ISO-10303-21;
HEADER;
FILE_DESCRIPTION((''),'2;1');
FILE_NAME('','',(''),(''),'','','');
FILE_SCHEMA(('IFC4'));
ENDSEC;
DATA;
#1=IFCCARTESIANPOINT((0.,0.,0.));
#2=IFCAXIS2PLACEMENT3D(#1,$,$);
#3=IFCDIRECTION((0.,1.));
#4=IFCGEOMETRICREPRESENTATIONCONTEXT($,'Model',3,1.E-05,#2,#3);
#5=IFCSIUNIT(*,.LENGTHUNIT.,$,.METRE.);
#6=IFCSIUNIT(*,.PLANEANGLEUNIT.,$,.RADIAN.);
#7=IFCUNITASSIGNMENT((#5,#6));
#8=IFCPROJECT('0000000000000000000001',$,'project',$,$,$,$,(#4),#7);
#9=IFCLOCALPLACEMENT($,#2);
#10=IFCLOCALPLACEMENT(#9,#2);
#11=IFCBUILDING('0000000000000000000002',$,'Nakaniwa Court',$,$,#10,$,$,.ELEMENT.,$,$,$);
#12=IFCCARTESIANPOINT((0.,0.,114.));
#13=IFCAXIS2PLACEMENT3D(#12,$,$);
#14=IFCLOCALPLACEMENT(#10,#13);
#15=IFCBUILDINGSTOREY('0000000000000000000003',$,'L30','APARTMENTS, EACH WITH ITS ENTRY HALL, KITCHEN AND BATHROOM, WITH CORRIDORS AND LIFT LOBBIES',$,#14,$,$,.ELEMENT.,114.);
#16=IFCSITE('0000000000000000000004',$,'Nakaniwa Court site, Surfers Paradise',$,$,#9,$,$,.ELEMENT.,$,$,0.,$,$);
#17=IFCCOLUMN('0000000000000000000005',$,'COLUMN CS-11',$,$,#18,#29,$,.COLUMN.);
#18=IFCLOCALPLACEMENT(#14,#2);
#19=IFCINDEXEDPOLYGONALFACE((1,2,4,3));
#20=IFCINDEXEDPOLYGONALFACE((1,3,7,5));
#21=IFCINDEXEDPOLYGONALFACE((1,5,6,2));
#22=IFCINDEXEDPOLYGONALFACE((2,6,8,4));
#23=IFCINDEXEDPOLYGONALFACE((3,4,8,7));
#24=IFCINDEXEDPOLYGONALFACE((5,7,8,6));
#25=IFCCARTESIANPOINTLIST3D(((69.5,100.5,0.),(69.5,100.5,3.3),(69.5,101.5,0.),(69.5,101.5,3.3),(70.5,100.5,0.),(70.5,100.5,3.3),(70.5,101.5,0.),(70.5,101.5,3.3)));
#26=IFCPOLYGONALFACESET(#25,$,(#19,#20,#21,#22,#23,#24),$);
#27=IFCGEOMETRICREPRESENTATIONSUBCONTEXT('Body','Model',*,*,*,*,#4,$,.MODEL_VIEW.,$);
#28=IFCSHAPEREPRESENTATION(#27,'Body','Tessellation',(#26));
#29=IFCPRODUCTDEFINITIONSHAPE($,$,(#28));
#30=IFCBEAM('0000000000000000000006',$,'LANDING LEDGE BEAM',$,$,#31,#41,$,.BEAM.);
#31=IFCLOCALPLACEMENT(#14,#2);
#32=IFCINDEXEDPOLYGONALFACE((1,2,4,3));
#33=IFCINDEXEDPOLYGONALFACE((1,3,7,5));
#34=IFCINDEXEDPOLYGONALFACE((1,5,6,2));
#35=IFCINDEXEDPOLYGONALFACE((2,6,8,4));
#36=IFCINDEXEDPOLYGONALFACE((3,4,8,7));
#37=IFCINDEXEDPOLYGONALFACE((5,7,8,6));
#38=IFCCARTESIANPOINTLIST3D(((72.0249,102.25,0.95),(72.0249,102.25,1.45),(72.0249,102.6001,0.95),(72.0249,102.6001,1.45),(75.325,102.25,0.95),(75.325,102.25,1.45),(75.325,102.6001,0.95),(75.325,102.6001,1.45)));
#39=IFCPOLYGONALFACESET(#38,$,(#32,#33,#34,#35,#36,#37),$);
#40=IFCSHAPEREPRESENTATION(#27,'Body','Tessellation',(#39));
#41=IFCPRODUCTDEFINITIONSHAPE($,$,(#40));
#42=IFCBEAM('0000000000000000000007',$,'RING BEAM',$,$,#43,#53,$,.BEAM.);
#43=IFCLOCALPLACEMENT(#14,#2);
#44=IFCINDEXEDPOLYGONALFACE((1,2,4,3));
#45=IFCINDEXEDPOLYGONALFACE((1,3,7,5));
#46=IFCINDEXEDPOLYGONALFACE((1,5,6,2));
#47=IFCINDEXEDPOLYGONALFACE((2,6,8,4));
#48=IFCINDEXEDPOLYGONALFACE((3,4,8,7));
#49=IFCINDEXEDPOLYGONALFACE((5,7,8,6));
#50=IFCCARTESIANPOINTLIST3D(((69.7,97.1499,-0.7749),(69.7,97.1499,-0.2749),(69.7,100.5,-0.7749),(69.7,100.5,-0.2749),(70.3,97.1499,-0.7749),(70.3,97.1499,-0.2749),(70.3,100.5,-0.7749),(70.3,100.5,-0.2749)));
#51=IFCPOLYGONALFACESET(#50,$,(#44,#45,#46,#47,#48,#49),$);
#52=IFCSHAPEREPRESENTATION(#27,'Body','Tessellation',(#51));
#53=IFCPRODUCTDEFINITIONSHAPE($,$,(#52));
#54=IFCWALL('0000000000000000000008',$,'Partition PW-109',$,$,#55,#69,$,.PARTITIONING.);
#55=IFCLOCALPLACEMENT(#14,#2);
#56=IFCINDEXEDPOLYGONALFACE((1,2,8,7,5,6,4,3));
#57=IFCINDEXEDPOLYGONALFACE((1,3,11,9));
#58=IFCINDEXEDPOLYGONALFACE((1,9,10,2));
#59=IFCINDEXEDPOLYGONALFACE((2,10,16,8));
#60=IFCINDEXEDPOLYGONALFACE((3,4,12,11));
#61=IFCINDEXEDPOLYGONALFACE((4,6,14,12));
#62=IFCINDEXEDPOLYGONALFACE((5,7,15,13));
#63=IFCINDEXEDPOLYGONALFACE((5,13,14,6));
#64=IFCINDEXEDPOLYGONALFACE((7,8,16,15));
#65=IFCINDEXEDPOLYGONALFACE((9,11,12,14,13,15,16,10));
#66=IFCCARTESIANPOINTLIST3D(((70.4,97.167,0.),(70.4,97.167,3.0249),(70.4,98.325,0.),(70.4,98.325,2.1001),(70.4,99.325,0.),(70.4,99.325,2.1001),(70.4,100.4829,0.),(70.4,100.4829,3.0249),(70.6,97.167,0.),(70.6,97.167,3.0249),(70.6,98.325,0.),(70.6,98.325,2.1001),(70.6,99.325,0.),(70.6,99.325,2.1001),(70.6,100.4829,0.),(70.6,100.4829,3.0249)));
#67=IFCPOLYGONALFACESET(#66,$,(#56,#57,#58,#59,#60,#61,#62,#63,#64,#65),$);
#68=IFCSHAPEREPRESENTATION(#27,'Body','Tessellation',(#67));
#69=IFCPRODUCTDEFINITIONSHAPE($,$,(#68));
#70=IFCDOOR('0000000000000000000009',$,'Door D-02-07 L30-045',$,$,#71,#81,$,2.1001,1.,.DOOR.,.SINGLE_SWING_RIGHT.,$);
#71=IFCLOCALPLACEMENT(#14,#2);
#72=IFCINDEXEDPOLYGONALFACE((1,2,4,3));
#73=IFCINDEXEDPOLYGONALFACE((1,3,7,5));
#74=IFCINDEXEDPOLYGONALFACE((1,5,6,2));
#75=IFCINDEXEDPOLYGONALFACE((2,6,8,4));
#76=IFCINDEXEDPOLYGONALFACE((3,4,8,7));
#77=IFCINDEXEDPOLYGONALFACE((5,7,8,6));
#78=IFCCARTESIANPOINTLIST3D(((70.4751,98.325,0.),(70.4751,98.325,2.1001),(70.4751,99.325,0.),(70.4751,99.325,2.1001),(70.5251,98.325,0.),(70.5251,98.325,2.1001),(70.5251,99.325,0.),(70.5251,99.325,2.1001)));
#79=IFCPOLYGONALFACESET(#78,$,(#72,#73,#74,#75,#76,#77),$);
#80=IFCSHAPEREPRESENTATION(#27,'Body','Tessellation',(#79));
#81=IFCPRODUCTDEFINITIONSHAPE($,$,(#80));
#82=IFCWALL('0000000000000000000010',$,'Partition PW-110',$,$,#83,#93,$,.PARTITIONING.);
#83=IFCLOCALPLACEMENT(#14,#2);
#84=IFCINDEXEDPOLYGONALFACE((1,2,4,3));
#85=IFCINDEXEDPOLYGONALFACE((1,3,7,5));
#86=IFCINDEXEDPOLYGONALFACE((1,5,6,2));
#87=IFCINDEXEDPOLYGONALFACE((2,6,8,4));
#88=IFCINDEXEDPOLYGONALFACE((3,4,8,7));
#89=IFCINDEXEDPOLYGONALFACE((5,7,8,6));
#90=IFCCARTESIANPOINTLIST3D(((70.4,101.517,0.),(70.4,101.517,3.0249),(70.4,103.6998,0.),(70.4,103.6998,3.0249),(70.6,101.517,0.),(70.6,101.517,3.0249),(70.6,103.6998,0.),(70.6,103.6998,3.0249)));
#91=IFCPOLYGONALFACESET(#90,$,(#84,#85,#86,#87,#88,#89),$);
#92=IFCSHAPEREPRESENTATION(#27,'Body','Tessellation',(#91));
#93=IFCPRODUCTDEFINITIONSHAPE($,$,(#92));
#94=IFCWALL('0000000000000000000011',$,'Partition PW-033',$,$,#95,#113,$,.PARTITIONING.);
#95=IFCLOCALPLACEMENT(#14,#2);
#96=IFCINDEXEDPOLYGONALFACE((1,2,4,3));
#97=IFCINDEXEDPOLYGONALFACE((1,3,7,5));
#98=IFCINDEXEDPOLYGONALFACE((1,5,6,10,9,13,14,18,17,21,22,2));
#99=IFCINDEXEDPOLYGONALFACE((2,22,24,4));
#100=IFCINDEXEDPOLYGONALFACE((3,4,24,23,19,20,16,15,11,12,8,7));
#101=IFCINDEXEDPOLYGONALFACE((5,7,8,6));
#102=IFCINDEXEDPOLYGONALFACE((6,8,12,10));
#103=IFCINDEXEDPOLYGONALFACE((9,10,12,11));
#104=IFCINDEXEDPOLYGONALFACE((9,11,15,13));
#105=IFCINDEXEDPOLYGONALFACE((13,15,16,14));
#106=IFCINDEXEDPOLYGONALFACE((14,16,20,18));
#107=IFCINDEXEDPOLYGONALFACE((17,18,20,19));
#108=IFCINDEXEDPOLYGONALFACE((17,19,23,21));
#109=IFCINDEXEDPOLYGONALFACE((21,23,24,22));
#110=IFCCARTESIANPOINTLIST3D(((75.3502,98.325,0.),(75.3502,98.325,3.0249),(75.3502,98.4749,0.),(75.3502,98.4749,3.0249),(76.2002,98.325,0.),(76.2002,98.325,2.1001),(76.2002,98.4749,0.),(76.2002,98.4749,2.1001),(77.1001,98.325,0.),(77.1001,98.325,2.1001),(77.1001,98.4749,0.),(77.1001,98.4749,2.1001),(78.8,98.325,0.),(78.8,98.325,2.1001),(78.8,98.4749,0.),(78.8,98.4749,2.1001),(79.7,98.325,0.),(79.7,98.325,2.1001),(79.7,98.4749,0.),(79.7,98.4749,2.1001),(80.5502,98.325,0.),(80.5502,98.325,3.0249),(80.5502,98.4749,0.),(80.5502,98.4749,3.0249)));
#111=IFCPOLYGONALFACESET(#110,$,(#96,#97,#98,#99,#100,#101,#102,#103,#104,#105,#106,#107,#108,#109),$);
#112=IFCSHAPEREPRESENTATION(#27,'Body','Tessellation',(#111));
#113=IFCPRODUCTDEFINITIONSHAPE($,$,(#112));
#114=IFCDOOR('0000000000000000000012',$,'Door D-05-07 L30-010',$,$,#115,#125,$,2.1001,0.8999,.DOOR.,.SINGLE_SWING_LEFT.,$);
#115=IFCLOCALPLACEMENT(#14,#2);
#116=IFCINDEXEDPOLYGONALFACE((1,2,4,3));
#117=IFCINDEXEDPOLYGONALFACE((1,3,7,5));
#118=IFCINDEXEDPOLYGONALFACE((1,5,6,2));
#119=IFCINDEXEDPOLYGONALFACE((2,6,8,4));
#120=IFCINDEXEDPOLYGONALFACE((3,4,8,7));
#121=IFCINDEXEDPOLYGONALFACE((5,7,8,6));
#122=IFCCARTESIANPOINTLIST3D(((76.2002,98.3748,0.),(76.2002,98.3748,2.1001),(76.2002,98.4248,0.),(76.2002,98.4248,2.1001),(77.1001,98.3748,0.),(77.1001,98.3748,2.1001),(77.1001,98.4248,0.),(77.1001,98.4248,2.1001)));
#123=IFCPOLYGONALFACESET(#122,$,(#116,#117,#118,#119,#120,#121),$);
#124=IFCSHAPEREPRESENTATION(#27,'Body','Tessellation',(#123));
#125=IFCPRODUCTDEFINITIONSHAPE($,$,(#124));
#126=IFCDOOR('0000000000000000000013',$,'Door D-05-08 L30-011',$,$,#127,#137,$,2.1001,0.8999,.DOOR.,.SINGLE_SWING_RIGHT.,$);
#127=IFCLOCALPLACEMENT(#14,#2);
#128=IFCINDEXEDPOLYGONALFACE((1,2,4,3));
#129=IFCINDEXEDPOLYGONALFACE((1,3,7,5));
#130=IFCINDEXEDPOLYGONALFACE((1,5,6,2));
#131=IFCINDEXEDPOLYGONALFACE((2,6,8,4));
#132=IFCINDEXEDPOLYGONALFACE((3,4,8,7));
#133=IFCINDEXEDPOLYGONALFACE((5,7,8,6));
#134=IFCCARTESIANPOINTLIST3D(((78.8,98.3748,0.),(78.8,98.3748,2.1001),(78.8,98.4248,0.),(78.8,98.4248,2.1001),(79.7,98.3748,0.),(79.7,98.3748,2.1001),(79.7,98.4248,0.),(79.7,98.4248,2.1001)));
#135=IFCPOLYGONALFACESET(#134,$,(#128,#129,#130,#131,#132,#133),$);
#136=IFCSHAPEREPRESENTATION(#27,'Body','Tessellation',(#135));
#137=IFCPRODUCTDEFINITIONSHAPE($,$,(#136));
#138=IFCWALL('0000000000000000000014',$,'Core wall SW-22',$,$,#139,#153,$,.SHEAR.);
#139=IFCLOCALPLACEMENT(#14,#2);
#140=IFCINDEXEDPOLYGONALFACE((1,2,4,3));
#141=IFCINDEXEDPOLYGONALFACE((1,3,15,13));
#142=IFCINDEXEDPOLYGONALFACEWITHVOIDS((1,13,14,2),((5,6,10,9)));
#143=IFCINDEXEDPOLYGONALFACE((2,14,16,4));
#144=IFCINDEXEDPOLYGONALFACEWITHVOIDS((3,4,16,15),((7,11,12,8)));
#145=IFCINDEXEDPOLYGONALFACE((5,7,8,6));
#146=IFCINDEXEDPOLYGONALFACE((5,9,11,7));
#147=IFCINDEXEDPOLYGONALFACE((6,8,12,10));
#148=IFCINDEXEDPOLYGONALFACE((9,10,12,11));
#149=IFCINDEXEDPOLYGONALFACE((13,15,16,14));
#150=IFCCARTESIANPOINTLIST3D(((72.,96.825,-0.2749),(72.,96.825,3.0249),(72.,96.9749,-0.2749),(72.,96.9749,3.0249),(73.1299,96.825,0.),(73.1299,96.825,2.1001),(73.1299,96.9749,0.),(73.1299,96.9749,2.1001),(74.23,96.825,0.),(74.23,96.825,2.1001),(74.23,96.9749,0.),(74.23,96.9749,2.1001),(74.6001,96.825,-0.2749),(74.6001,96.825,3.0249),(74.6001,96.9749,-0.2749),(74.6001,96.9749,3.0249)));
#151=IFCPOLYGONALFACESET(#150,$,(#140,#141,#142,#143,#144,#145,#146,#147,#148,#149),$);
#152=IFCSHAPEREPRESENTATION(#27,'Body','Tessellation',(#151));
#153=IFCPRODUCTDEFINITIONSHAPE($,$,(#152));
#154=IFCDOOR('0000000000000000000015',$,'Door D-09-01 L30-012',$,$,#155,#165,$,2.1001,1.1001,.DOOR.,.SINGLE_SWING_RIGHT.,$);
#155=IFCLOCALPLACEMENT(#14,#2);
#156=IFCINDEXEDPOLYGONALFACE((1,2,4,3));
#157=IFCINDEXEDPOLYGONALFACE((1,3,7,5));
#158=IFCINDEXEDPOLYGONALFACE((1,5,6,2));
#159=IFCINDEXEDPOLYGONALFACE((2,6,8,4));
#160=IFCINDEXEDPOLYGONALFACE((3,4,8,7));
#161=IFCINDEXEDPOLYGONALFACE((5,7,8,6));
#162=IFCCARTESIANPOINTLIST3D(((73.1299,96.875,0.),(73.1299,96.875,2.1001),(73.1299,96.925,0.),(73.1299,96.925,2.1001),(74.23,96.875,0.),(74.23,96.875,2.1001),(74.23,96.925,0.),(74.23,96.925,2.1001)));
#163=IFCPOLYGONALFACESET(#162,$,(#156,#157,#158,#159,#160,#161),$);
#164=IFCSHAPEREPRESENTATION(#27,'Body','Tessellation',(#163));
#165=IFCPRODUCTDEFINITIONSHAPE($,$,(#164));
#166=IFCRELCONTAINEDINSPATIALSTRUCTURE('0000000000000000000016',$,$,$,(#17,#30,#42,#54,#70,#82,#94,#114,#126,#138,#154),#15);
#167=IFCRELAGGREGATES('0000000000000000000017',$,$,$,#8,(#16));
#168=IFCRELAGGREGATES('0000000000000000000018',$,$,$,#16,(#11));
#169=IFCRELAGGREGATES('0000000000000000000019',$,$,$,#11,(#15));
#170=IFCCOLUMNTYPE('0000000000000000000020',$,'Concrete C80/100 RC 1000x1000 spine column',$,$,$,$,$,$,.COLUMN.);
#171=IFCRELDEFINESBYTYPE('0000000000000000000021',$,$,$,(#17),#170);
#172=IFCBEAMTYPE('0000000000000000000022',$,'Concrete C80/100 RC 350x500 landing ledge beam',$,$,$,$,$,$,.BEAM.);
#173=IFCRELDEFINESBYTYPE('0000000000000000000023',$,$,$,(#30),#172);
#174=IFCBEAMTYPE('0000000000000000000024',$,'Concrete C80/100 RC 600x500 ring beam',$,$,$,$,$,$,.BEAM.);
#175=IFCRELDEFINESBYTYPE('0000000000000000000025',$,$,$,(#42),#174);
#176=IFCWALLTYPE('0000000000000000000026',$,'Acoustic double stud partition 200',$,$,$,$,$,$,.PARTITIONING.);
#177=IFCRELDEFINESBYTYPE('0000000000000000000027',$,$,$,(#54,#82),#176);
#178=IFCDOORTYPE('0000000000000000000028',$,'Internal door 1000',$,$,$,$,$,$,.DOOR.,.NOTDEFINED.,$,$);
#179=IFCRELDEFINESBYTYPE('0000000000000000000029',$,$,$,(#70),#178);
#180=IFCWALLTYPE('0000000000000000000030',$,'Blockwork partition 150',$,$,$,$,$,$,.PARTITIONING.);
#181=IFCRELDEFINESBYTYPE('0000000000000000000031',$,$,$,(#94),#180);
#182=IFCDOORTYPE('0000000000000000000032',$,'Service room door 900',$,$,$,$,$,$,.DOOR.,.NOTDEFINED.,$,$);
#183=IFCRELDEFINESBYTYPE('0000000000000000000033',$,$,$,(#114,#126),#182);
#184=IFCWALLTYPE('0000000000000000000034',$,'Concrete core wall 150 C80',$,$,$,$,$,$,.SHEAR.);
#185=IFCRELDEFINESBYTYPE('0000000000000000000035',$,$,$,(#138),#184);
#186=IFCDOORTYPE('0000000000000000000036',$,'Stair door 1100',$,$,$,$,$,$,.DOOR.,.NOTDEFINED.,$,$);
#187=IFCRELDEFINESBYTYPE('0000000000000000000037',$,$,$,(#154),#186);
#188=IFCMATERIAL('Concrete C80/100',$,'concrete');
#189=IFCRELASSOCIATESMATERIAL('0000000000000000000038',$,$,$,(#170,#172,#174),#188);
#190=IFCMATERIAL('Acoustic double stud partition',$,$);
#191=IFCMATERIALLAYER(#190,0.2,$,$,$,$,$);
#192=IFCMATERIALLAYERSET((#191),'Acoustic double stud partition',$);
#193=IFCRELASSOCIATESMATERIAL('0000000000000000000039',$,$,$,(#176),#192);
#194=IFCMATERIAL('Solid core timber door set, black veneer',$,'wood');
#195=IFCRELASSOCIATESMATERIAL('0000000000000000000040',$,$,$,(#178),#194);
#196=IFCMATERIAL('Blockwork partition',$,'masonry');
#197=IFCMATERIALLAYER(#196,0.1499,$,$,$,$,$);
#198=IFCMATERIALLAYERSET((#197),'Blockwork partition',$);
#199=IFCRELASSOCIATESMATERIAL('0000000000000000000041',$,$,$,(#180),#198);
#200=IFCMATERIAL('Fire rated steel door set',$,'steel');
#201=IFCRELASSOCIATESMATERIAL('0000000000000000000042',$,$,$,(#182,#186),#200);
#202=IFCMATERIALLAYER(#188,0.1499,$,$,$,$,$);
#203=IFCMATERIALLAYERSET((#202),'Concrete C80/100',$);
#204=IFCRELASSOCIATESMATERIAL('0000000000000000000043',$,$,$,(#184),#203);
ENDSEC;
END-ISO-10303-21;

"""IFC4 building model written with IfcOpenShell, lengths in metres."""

from ifc_helpers import new_model, si_unit, direction, frame, frame_2d, origin, origin_2d, place, context, subcontext, project, spatial, rectangle, extrude, material, layer, layer_set, material_profile, profile_set, type_object, element, fill, save


model = new_model("IFC4")

# Units and contexts
model_context = context("Model", 3, precision=1e-05, world=origin(), true_north=direction((0.0, 1.0)))
body_context = subcontext(model_context, "Body", "Model", "MODEL_VIEW")
ifc_project = project(units=[si_unit("LENGTHUNIT", "METRE"), si_unit("PLANEANGLEUNIT", "RADIAN")], contexts=[model_context])

# Site, building, storey
site_placement = place(None, origin())
site = spatial("IfcSite", under=ifc_project, at=site_placement, Name="Nakaniwa Court site, Surfers Paradise", CompositionType="ELEMENT", RefElevation=0.0)
building_placement = place(site_placement, origin())
building = spatial("IfcBuilding", under=site, at=building_placement, Name="Nakaniwa Court", CompositionType="ELEMENT")
storey_placement = place(building_placement, frame((0.0, 0.0, 114.0)))
storey = spatial("IfcBuildingStorey", under=building, at=storey_placement, Name="L30", Description="APARTMENTS, EACH WITH ITS ENTRY HALL, KITCHEN AND BATHROOM, WITH CORRIDORS AND LIFT LOBBIES", CompositionType="ELEMENT", Elevation=114.0)

# Column
ifc_material_1 = material(Name="Concrete C80/100", Category="concrete")
ifc_material_profile_1 = material_profile(ifc_material_1, rectangle(XDim=1.0, YDim=1.0, at=origin_2d()), Name="Concrete C80/100 RC 1000x1000 spine column")
ifc_profile_set_1 = profile_set([ifc_material_profile_1], Name="Concrete C80/100")
column_type = type_object("IfcColumnType", Name="Concrete C80/100 RC 1000x1000 spine column", PredefinedType="COLUMN", material=ifc_profile_set_1)
column_placement = place(storey_placement, frame((70.0, 101.0, 0.0), z_axis=(0.0, 0.0, 1.0), x_axis=(0.0, -1.0, 0.0)))
element("IfcColumn", 1, at=column_placement, inside=storey, type_object=column_type, Name="COLUMN CS-11", PredefinedType="COLUMN", context=body_context, shape_type="SweptSolid", body=[
    extrude(rectangle(XDim=1.0, YDim=1.0, at=origin_2d()), origin(), (0.0, 0.0, 1.0), 3.3),
])

# Beams
ifc_material_profile_2 = material_profile(ifc_material_1, rectangle(XDim=0.3501, YDim=0.5, at=origin_2d()), Name="Concrete C80/100 RC 350x500 landing ledge beam")
ifc_profile_set_2 = profile_set([ifc_material_profile_2], Name="Concrete C80/100")
beam_type_1 = type_object("IfcBeamType", Name="Concrete C80/100 RC 350x500 landing ledge beam", PredefinedType="BEAM", material=ifc_profile_set_2)
beam_1_placement = place(storey_placement, frame((72.0249, 102.425, 1.2), z_axis=(1.0, 0.0, 0.0), x_axis=(0.0, 1.0, 0.0)))
element("IfcBeam", 2, at=beam_1_placement, inside=storey, type_object=beam_type_1, Name="LANDING LEDGE BEAM", PredefinedType="BEAM", context=body_context, shape_type="SweptSolid", body=[
    extrude(rectangle(XDim=0.3501, YDim=0.5, at=origin_2d()), origin(), (0.0, 0.0, 1.0), 3.3),
])
ifc_material_profile_3 = material_profile(ifc_material_1, rectangle(XDim=0.6001, YDim=0.5, at=origin_2d()), Name="Concrete C80/100 RC 600x500 ring beam")
ifc_profile_set_3 = profile_set([ifc_material_profile_3], Name="Concrete C80/100")
beam_type_2 = type_object("IfcBeamType", Name="Concrete C80/100 RC 600x500 ring beam", PredefinedType="BEAM", material=ifc_profile_set_3)
beam_2_placement = place(storey_placement, frame((70.0, 100.5, -0.5249), z_axis=(0.0, -1.0, 0.0), x_axis=(1.0, 0.0, 0.0)))
element("IfcBeam", 3, at=beam_2_placement, inside=storey, type_object=beam_type_2, Name="RING BEAM", PredefinedType="BEAM", context=body_context, shape_type="SweptSolid", body=[
    extrude(rectangle(XDim=0.6001, YDim=0.5, at=origin_2d()), origin(), (0.0, 0.0, 1.0), 3.3501),
])

# Wall, opening, door
ifc_material_2 = material(Name="Acoustic double stud partition")
ifc_layer_1 = layer(ifc_material_2, 0.2)
ifc_layer_set_1 = layer_set([ifc_layer_1], Name="Acoustic double stud partition")
wall_type_1 = type_object("IfcWallType", Name="Acoustic double stud partition 200", PredefinedType="PARTITIONING", material=ifc_layer_set_1)
wall_1_placement = place(storey_placement, frame((70.5, 97.167, 0.0), z_axis=(0.0, 0.0, 1.0), x_axis=(0.0, 1.0, 0.0)))
wall_1 = element("IfcWall", 4, at=wall_1_placement, inside=storey, type_object=wall_type_1, Name="Partition PW-109", PredefinedType="PARTITIONING", context=body_context, shape_type="SweptSolid", body=[
    extrude(rectangle(XDim=3.3159, YDim=0.2, at=frame_2d((1.658, 0.0))), origin(), (0.0, 0.0, 1.0), 3.0249),
])
opening_1_placement = place(wall_1_placement, frame((1.158, 0.0, 0.0)))
opening_1 = element("IfcOpeningElement", 5, at=opening_1_placement, cuts=wall_1, PredefinedType="OPENING", context=body_context, shape_type="SweptSolid", body=[
    extrude(rectangle(XDim=1.0, YDim=2.1001, at=frame_2d((0.5, 1.05))), frame((0.0, 0.1099, 0.0), z_axis=(0.0, -1.0, 0.0), x_axis=(1.0, 0.0, 0.0)), (0.0, 0.0, 1.0), 0.22),
])
ifc_material_3 = material(Name="Solid core timber door set, black veneer", Category="wood")
door_type_1 = type_object("IfcDoorType", Name="Internal door 1000", OperationType="NOTDEFINED", PredefinedType="DOOR", material=ifc_material_3)
door_1_placement = place(opening_1_placement, origin())
door_1 = element("IfcDoor", 6, at=door_1_placement, inside=storey, type_object=door_type_1, Name="Door D-02-07 L30-045", OperationType="SINGLE_SWING_RIGHT", OverallHeight=2.1001, OverallWidth=1.0, PredefinedType="DOOR", context=body_context, shape_type="SweptSolid", body=[
    extrude(rectangle(XDim=1.0, YDim=2.1001, at=frame_2d((0.5, 1.05))), frame((0.0, 0.0249, 0.0), z_axis=(0.0, -1.0, 0.0), x_axis=(1.0, 0.0, 0.0)), (0.0, 0.0, 1.0), 0.05),
])
fill(opening_1, door_1)

# Wall
wall_2_placement = place(storey_placement, frame((70.5, 101.5171, 0.0), z_axis=(0.0, 0.0, 1.0), x_axis=(0.0, 1.0, 0.0)))
element("IfcWall", 7, at=wall_2_placement, inside=storey, type_object=wall_type_1, Name="Partition PW-110", PredefinedType="PARTITIONING", context=body_context, shape_type="SweptSolid", body=[
    extrude(rectangle(XDim=2.1829, YDim=0.2, at=frame_2d((1.0913, 0.0))), origin(), (0.0, 0.0, 1.0), 3.0249),
])

# Wall, openings, doors
ifc_material_4 = material(Name="Blockwork partition", Category="masonry")
ifc_layer_2 = layer(ifc_material_4, 0.1499)
ifc_layer_set_2 = layer_set([ifc_layer_2], Name="Blockwork partition")
wall_type_2 = type_object("IfcWallType", Name="Blockwork partition 150", PredefinedType="PARTITIONING", material=ifc_layer_set_2)
wall_3_placement = place(storey_placement, frame((75.3501, 98.3999, 0.0), z_axis=(0.0, 0.0, 1.0), x_axis=(1.0, 0.0, 0.0)))
wall_3 = element("IfcWall", 8, at=wall_3_placement, inside=storey, type_object=wall_type_2, Name="Partition PW-033", PredefinedType="PARTITIONING", context=body_context, shape_type="SweptSolid", body=[
    extrude(rectangle(XDim=5.2, YDim=0.1499, at=frame_2d((2.6001, 0.0))), origin(), (0.0, 0.0, 1.0), 3.0249),
])
opening_2_placement = place(wall_3_placement, frame((0.8501, 0.0, 0.0)))
opening_2 = element("IfcOpeningElement", 9, at=opening_2_placement, cuts=wall_3, PredefinedType="OPENING", context=body_context, shape_type="SweptSolid", body=[
    extrude(rectangle(XDim=0.8999, YDim=2.1001, at=frame_2d((0.45, 1.05))), frame((0.0, 0.085, 0.0), z_axis=(0.0, -1.0, 0.0), x_axis=(1.0, 0.0, 0.0)), (0.0, 0.0, 1.0), 0.1699),
])
opening_3_placement = place(wall_3_placement, frame((3.45, 0.0, 0.0)))
opening_3 = element("IfcOpeningElement", 10, at=opening_3_placement, cuts=wall_3, PredefinedType="OPENING", context=body_context, shape_type="SweptSolid", body=[
    extrude(rectangle(XDim=0.8999, YDim=2.1001, at=frame_2d((0.45, 1.05))), frame((0.0, 0.085, 0.0), z_axis=(0.0, -1.0, 0.0), x_axis=(1.0, 0.0, 0.0)), (0.0, 0.0, 1.0), 0.1699),
])
ifc_material_5 = material(Name="Fire rated steel door set", Category="steel")
door_type_2 = type_object("IfcDoorType", Name="Service room door 900", OperationType="NOTDEFINED", PredefinedType="DOOR", material=ifc_material_5)
door_2_placement = place(opening_2_placement, origin())
door_2 = element("IfcDoor", 11, at=door_2_placement, inside=storey, type_object=door_type_2, Name="Door D-05-07 L30-010", OperationType="SINGLE_SWING_LEFT", OverallHeight=2.1001, OverallWidth=0.8999, PredefinedType="DOOR", context=body_context, shape_type="SweptSolid", body=[
    extrude(rectangle(XDim=0.8999, YDim=2.1001, at=frame_2d((0.45, 1.05))), frame((0.0, 0.0249, 0.0), z_axis=(0.0, -1.0, 0.0), x_axis=(1.0, 0.0, 0.0)), (0.0, 0.0, 1.0), 0.05),
])
fill(opening_2, door_2)
door_3_placement = place(opening_3_placement, origin())
door_3 = element("IfcDoor", 12, at=door_3_placement, inside=storey, type_object=door_type_2, Name="Door D-05-08 L30-011", OperationType="SINGLE_SWING_RIGHT", OverallHeight=2.1001, OverallWidth=0.8999, PredefinedType="DOOR", context=body_context, shape_type="SweptSolid", body=[
    extrude(rectangle(XDim=0.8999, YDim=2.1001, at=frame_2d((0.45, 1.05))), frame((0.0, 0.0249, 0.0), z_axis=(0.0, -1.0, 0.0), x_axis=(1.0, 0.0, 0.0)), (0.0, 0.0, 1.0), 0.05),
])
fill(opening_3, door_3)

# Wall, opening, door
ifc_layer_3 = layer(ifc_material_1, 0.1499)
ifc_layer_set_3 = layer_set([ifc_layer_3], Name="Concrete C80/100")
wall_type_3 = type_object("IfcWallType", Name="Concrete core wall 150 C80", PredefinedType="SHEAR", material=ifc_layer_set_3)
wall_4_placement = place(storey_placement, frame((74.6001, 96.8999, -0.2749), z_axis=(0.0, 0.0, 1.0), x_axis=(-1.0, 0.0, 0.0)))
wall_4 = element("IfcWall", 13, at=wall_4_placement, inside=storey, type_object=wall_type_3, Name="Core wall SW-22", PredefinedType="SHEAR", context=body_context, shape_type="SweptSolid", body=[
    extrude(rectangle(XDim=2.6001, YDim=0.1499, at=frame_2d((1.3, 0.0))), origin(), (0.0, 0.0, 1.0), 3.2998),
])
opening_4_placement = place(wall_4_placement, frame((0.3701, 0.0, 0.2749)))
opening_4 = element("IfcOpeningElement", 14, at=opening_4_placement, cuts=wall_4, PredefinedType="OPENING", context=body_context, shape_type="SweptSolid", body=[
    extrude(rectangle(XDim=1.1001, YDim=2.1001, at=frame_2d((0.55, 1.05))), frame((0.0, 0.085, 0.0), z_axis=(0.0, -1.0, 0.0), x_axis=(1.0, 0.0, 0.0)), (0.0, 0.0, 1.0), 0.1699),
])
door_type_3 = type_object("IfcDoorType", Name="Stair door 1100", OperationType="NOTDEFINED", PredefinedType="DOOR", material=ifc_material_5)
door_4_placement = place(opening_4_placement, origin())
door_4 = element("IfcDoor", 15, at=door_4_placement, inside=storey, type_object=door_type_3, Name="Door D-09-01 L30-012", OperationType="SINGLE_SWING_RIGHT", OverallHeight=2.1001, OverallWidth=1.1001, PredefinedType="DOOR", context=body_context, shape_type="SweptSolid", body=[
    extrude(rectangle(XDim=1.1001, YDim=2.1001, at=frame_2d((0.55, 1.05))), frame((0.0, 0.0249, 0.0), z_axis=(0.0, -1.0, 0.0), x_axis=(1.0, 0.0, 0.0)), (0.0, 0.0, 1.0), 0.05),
])
fill(opening_4, door_4)

save(model, "model.ifc")
